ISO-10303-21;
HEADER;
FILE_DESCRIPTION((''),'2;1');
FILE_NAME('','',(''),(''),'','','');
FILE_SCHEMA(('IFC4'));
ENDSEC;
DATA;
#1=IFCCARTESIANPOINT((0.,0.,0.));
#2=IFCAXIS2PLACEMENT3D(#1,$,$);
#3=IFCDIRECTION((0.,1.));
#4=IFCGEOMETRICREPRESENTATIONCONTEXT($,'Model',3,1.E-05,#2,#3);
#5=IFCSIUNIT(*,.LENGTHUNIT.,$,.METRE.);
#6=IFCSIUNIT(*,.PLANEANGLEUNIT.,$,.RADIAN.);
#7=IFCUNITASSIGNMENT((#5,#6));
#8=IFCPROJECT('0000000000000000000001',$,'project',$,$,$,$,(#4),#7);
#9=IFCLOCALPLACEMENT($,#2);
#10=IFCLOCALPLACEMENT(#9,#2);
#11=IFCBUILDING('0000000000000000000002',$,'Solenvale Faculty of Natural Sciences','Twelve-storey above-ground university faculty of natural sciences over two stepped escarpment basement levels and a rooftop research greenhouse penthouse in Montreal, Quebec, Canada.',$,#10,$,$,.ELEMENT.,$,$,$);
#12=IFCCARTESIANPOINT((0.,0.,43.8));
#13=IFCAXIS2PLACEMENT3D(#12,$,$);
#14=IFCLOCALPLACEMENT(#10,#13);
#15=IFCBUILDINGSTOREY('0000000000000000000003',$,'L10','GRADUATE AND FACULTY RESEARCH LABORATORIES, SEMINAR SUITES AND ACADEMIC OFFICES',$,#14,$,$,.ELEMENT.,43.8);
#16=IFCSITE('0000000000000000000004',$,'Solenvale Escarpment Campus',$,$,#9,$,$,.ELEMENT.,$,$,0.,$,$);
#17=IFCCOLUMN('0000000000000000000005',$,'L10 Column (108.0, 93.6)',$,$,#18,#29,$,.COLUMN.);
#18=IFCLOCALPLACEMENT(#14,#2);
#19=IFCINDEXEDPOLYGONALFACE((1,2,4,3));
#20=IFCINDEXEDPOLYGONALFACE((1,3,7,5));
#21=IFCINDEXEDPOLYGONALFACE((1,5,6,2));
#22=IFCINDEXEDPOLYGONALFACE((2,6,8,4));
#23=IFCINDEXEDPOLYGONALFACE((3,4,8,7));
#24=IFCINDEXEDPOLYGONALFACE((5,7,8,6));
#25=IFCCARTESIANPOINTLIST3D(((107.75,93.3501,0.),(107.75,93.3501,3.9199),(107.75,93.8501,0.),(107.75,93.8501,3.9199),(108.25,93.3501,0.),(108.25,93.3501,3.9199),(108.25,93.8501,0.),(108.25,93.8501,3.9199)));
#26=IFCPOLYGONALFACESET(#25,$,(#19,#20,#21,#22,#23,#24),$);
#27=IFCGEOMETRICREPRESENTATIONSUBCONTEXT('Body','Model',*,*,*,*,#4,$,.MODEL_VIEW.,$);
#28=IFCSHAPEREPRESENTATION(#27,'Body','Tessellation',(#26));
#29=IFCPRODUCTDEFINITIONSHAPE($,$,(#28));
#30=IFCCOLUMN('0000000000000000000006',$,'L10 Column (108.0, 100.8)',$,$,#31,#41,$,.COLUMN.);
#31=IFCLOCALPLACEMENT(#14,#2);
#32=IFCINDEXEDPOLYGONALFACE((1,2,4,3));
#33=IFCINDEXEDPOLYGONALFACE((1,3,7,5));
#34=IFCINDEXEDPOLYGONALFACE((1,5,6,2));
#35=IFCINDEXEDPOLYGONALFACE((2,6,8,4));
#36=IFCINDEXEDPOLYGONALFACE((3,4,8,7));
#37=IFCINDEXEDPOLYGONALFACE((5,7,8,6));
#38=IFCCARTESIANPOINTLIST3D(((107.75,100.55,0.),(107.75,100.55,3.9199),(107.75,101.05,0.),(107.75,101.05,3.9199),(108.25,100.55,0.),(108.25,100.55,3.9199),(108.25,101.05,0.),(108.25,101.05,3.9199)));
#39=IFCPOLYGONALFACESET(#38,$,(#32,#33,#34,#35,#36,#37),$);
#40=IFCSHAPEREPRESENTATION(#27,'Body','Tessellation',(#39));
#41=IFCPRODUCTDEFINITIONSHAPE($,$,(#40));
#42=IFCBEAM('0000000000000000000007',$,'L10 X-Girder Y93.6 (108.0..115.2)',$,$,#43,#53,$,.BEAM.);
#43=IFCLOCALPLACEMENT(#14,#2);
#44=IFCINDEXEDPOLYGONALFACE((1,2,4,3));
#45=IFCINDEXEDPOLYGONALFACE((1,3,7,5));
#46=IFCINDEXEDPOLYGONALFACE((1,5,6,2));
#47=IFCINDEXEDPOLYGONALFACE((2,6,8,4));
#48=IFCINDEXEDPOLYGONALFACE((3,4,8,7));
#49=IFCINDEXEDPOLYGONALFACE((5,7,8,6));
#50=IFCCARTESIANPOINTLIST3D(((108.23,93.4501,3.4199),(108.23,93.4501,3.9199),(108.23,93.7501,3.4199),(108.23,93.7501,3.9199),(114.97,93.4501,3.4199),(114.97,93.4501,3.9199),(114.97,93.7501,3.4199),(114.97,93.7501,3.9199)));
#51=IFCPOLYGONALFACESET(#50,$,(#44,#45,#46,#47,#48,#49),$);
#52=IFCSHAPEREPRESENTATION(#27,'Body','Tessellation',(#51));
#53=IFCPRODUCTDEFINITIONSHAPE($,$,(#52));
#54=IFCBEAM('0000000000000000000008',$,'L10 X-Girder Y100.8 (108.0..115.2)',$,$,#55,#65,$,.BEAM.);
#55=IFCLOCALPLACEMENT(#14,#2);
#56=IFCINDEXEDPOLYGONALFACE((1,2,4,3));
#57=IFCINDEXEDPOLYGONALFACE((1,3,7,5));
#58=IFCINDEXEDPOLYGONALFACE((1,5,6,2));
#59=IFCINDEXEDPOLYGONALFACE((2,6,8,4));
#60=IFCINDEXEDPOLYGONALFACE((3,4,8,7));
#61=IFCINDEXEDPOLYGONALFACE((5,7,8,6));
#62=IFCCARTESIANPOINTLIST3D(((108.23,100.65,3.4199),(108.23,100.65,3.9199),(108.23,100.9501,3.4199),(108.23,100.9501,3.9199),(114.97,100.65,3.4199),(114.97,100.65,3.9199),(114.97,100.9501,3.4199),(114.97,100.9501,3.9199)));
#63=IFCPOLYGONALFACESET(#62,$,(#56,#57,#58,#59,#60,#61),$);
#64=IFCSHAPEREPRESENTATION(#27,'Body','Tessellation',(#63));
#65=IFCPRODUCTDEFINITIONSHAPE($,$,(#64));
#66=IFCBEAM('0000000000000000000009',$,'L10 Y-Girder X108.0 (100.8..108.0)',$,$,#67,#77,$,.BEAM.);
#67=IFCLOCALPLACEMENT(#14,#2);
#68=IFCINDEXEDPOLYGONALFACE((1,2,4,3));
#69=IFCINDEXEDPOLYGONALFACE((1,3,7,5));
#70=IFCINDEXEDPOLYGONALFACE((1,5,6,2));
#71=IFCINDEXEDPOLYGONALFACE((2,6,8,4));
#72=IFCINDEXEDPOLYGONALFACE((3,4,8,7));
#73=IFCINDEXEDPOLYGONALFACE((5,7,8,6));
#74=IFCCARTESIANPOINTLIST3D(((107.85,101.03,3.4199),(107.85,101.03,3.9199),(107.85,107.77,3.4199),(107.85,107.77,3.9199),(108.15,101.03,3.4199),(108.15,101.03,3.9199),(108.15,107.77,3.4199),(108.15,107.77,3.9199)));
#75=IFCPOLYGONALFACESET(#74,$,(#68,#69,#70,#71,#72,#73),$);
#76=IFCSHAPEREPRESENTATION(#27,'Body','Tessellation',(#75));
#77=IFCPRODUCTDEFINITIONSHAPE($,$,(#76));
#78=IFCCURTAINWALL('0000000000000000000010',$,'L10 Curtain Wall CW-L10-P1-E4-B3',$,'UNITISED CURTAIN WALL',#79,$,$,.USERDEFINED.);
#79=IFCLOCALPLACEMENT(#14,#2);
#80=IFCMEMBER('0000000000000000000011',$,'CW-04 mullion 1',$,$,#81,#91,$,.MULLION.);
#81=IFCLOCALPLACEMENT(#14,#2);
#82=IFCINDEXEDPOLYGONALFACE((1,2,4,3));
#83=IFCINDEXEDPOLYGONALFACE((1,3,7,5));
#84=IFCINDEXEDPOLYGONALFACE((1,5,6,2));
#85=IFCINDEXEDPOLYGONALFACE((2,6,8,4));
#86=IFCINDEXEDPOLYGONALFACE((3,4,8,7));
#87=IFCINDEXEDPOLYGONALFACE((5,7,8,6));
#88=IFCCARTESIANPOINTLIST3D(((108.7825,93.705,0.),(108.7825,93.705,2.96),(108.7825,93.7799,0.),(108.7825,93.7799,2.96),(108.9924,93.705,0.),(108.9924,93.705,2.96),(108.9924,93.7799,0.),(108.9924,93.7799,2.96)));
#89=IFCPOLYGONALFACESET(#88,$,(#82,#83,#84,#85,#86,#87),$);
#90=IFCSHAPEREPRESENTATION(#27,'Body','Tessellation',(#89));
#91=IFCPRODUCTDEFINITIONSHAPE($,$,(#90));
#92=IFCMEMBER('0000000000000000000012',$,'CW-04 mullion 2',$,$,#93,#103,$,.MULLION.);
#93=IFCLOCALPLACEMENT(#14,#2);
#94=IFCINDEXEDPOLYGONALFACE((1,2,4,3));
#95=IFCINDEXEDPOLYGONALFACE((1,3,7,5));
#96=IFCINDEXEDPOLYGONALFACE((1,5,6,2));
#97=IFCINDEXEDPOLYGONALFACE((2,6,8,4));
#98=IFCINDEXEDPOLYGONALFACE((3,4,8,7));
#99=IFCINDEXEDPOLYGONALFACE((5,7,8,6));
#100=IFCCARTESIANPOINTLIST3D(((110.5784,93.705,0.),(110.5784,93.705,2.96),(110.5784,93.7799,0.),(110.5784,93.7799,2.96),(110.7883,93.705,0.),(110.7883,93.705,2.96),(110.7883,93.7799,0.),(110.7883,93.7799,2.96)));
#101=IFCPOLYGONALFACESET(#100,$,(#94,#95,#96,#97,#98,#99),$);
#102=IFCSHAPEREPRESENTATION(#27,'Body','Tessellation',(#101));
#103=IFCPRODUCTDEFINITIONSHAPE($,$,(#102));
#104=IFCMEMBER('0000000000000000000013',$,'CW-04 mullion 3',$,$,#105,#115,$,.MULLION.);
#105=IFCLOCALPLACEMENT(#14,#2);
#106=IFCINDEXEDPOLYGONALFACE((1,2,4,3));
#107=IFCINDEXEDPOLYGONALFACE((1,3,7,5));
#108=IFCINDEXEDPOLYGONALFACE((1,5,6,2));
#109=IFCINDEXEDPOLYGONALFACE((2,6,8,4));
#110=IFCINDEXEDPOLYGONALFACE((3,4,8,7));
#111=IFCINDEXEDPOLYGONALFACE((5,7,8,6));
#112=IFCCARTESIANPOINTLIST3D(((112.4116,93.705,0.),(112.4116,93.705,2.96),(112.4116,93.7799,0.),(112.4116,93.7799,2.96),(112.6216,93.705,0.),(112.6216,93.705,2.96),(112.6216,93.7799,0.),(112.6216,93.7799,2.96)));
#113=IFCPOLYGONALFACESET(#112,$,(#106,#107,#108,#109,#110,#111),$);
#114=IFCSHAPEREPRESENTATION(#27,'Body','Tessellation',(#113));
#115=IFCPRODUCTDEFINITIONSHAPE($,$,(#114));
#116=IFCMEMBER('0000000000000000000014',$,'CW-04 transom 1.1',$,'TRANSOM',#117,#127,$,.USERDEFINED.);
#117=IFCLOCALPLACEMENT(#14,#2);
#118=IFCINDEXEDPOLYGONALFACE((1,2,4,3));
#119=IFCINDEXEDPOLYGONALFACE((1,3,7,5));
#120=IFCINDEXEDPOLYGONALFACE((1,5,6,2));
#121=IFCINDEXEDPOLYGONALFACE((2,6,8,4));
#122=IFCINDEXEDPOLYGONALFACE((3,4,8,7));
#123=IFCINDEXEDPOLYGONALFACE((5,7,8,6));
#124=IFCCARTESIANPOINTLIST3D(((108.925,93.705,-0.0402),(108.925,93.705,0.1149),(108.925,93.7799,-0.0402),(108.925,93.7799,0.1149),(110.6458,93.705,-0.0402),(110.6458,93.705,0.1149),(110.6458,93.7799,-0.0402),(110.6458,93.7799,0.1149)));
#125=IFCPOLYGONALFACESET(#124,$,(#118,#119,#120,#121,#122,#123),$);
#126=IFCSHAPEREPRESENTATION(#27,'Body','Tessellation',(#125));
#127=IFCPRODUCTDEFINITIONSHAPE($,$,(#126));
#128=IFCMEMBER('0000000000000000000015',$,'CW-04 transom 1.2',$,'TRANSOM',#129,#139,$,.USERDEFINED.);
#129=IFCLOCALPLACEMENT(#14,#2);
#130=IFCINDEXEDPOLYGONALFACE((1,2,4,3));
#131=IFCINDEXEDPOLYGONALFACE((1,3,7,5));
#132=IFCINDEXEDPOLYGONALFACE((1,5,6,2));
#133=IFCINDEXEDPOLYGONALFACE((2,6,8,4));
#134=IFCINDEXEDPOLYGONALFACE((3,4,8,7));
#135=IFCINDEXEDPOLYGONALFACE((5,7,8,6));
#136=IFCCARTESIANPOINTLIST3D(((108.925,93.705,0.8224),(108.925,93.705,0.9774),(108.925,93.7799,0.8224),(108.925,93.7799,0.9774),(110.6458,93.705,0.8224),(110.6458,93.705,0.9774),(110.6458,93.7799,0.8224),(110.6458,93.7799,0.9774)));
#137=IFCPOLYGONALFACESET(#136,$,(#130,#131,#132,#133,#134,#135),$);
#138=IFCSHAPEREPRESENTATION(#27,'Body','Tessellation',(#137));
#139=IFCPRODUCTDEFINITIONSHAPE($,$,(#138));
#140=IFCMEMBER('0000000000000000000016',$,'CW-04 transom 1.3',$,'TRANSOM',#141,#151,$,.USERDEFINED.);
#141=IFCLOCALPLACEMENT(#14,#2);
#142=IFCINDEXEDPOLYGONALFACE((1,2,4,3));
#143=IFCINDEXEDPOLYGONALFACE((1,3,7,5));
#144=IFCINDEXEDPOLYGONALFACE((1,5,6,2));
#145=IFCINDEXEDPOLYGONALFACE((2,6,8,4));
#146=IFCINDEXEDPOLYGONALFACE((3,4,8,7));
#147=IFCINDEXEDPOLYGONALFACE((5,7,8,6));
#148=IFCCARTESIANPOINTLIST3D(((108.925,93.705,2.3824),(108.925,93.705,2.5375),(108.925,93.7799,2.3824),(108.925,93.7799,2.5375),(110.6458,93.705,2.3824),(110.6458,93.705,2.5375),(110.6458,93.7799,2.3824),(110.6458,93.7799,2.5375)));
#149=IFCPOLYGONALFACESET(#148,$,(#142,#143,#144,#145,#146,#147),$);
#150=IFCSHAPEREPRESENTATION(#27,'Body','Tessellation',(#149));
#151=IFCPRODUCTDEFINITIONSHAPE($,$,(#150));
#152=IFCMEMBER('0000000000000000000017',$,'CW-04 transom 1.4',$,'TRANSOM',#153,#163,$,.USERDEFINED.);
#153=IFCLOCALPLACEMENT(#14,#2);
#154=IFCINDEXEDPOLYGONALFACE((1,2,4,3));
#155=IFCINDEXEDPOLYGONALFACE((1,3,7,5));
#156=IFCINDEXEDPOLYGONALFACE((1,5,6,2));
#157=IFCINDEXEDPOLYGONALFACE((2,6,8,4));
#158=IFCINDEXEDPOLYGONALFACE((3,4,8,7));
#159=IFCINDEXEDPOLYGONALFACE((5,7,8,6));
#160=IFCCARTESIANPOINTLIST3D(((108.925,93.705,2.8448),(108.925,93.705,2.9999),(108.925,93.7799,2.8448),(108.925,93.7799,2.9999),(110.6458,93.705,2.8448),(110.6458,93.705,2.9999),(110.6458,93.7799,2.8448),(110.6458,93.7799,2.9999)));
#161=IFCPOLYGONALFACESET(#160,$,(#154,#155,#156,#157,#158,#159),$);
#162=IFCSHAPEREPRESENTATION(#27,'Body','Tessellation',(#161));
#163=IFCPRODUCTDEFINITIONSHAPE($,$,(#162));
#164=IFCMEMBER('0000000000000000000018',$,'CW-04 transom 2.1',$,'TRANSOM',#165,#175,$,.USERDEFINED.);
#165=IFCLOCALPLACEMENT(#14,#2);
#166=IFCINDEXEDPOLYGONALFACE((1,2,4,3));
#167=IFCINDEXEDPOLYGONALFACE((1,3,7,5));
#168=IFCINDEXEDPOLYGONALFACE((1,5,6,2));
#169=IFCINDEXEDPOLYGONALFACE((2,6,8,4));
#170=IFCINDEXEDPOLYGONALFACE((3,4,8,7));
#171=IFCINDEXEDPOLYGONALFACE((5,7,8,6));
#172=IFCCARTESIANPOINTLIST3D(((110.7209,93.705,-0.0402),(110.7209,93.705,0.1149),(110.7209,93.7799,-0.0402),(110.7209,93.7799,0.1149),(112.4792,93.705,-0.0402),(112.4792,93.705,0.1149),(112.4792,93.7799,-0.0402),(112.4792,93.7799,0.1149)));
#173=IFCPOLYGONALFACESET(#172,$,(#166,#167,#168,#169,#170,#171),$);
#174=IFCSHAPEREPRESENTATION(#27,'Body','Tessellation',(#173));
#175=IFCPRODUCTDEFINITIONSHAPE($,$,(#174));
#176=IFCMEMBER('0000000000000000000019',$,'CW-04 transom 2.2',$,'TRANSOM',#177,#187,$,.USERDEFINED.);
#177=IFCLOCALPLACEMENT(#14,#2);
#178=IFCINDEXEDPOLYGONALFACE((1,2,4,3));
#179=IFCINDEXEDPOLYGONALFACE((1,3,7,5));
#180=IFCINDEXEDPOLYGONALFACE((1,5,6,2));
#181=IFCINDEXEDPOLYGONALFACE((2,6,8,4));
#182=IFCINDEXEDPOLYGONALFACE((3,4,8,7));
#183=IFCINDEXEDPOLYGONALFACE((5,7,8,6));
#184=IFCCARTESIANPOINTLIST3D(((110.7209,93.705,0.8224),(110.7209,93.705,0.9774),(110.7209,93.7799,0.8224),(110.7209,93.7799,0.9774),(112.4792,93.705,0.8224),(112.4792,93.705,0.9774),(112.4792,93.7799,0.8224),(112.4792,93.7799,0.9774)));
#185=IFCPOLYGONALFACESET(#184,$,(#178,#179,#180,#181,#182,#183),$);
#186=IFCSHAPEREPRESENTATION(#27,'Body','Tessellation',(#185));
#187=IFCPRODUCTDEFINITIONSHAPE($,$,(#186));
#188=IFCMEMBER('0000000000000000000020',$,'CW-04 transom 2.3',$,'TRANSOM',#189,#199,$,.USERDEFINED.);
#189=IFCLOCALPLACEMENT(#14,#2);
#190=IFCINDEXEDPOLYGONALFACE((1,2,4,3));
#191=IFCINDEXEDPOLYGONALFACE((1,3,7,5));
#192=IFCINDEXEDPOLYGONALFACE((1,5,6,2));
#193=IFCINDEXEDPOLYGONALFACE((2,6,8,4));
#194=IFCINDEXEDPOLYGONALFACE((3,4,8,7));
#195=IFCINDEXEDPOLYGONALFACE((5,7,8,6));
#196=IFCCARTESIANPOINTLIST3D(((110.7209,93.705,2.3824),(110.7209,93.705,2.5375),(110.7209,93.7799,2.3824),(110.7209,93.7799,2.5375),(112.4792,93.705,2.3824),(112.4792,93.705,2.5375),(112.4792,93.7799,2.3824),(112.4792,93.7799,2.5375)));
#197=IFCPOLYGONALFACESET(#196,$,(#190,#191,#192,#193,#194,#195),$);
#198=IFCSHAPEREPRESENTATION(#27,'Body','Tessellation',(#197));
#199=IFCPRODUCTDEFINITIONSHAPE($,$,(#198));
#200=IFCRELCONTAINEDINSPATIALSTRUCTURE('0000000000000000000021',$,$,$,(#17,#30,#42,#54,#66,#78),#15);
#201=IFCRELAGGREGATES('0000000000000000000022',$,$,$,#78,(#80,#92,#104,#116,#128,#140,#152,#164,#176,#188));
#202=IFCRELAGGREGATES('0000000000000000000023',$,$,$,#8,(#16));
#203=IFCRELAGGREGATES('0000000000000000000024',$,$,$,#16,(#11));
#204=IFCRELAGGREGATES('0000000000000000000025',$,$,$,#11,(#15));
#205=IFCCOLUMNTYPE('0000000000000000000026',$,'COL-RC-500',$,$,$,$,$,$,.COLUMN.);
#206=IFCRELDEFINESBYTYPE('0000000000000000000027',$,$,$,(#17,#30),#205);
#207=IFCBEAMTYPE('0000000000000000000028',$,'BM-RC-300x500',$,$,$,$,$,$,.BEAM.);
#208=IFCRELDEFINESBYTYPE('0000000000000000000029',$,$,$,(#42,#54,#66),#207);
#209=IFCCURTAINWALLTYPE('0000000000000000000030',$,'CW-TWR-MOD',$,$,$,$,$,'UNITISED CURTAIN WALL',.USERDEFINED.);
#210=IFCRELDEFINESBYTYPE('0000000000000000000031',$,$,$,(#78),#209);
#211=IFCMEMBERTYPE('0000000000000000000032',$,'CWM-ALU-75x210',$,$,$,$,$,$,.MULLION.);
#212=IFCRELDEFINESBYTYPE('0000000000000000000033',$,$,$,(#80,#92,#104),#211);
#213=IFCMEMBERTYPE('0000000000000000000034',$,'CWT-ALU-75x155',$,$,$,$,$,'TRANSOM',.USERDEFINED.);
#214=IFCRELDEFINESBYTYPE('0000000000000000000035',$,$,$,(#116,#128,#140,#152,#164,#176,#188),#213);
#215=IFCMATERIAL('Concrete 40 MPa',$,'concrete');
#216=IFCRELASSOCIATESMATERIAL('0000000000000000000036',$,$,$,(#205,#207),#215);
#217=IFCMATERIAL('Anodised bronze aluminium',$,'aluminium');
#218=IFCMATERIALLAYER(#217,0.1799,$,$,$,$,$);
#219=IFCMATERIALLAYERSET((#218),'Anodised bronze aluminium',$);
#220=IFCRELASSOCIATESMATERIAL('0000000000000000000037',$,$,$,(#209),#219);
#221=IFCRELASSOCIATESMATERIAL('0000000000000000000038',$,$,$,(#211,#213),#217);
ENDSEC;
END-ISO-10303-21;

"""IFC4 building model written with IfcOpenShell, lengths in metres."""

from ifc_helpers import new_model, si_unit, direction, frame, origin, origin_2d, place, context, subcontext, project, spatial, rectangle, extrude, material, layer, layer_set, material_profile, profile_set, type_object, element, aggregate, save


model = new_model("IFC4")

# Units and contexts
model_context = context("Model", 3, precision=1e-05, world=origin(), true_north=direction((0.0, 1.0)))
body_context = subcontext(model_context, "Body", "Model", "MODEL_VIEW")
ifc_project = project(units=[si_unit("LENGTHUNIT", "METRE"), si_unit("PLANEANGLEUNIT", "RADIAN")], contexts=[model_context])

# Site, building, storey
site_placement = place(None, origin())
site = spatial("IfcSite", under=ifc_project, at=site_placement, Name="Solenvale Escarpment Campus", CompositionType="ELEMENT", RefElevation=0.0)
building_placement = place(site_placement, origin())
building = spatial("IfcBuilding", under=site, at=building_placement, Name="Solenvale Faculty of Natural Sciences", Description="Twelve-storey above-ground university faculty of natural sciences over two stepped escarpment basement levels and a rooftop research greenhouse penthouse in Montreal, Quebec, Canada.", CompositionType="ELEMENT")
storey_placement = place(building_placement, frame((0.0, 0.0, 43.8)))
storey = spatial("IfcBuildingStorey", under=building, at=storey_placement, Name="L10", Description="GRADUATE AND FACULTY RESEARCH LABORATORIES, SEMINAR SUITES AND ACADEMIC OFFICES", CompositionType="ELEMENT", Elevation=43.8)

# Columns
ifc_material_1 = material(Name="Concrete 40 MPa", Category="concrete")
ifc_material_profile_1 = material_profile(ifc_material_1, rectangle(XDim=0.5, YDim=0.5, at=origin_2d()), Name="RC-COL-500x500")
ifc_profile_set_1 = profile_set([ifc_material_profile_1], Name="Concrete 40 MPa")
column_type = type_object("IfcColumnType", Name="COL-RC-500", PredefinedType="COLUMN", material=ifc_profile_set_1)
for number, where, z_axis, x_axis, name in (
    (1, (108.0, 93.6001, 0.0), (0.0, 0.0, 1.0), (1.0, 0.0, 0.0), "L10 Column (108.0, 93.6)"),
    (2, (108.0, 100.8, 0.0), (0.0, 0.0, 1.0), (1.0, 0.0, 0.0), "L10 Column (108.0, 100.8)"),
):
    element("IfcColumn", number, at=place(storey_placement, frame(where, z_axis=z_axis, x_axis=x_axis)), inside=storey, type_object=column_type, Name=name, PredefinedType="COLUMN", context=body_context, shape_type="SweptSolid", body=[
        extrude(rectangle(XDim=0.5, YDim=0.5, at=origin_2d()), origin(), (0.0, 0.0, 1.0), 3.9199),
    ])

# Beams
ifc_material_profile_2 = material_profile(ifc_material_1, rectangle(XDim=0.3, YDim=0.5, at=origin_2d()), Name="RC-BM-300x500")
ifc_profile_set_2 = profile_set([ifc_material_profile_2], Name="Concrete 40 MPa")
beam_type = type_object("IfcBeamType", Name="BM-RC-300x500", PredefinedType="BEAM", material=ifc_profile_set_2)
for number, where, z_axis, x_axis, name in (
    (3, (108.23, 93.6001, 3.6699), (1.0, 0.0, 0.0), (0.0, 1.0, 0.0), "L10 X-Girder Y93.6 (108.0..115.2)"),
    (4, (108.23, 100.8, 3.6699), (1.0, 0.0, 0.0), (0.0, 1.0, 0.0), "L10 X-Girder Y100.8 (108.0..115.2)"),
    (5, (108.0, 101.03, 3.6699), (0.0, 1.0, 0.0), (-1.0, 0.0, 0.0), "L10 Y-Girder X108.0 (100.8..108.0)"),
):
    element("IfcBeam", number, at=place(storey_placement, frame(where, z_axis=z_axis, x_axis=x_axis)), inside=storey, type_object=beam_type, Name=name, PredefinedType="BEAM", context=body_context, shape_type="SweptSolid", body=[
        extrude(rectangle(XDim=0.3, YDim=0.5, at=origin_2d()), origin(), (0.0, 0.0, 1.0), 6.74),
    ])

# Curtain wall, members
ifc_material_2 = material(Name="Anodised bronze aluminium", Category="aluminium")
ifc_layer_1 = layer(ifc_material_2, 0.1799)
ifc_layer_set_1 = layer_set([ifc_layer_1], Name="Anodised bronze aluminium")
curtain_wall_type = type_object("IfcCurtainWallType", Name="CW-TWR-MOD", ElementType="UNITISED CURTAIN WALL", PredefinedType="USERDEFINED", material=ifc_layer_set_1)
curtain_wall_placement = place(storey_placement, origin())
curtain_wall = element("IfcCurtainWall", 6, at=curtain_wall_placement, inside=storey, type_object=curtain_wall_type, Name="L10 Curtain Wall CW-L10-P1-E4-B3", ObjectType="UNITISED CURTAIN WALL", PredefinedType="USERDEFINED")
ifc_material_profile_3 = material_profile(ifc_material_2, rectangle(XDim=0.075, YDim=0.21, at=origin_2d()), Name="ALU-MUL-75x210")
ifc_profile_set_3 = profile_set([ifc_material_profile_3], Name="Anodised bronze aluminium")
member_type_1 = type_object("IfcMemberType", Name="CWM-ALU-75x210", PredefinedType="MULLION", material=ifc_profile_set_3)
member_1_placement = place(storey_placement, frame((108.8875, 93.7424, 0.0), z_axis=(0.0, 0.0, 1.0), x_axis=(0.0, 1.0, 0.0)))
member_1 = element("IfcMember", 7, at=member_1_placement, type_object=member_type_1, Name="CW-04 mullion 1", PredefinedType="MULLION", context=body_context, shape_type="SweptSolid", body=[
    extrude(rectangle(XDim=0.075, YDim=0.21, at=origin_2d()), origin(), (0.0, 0.0, 1.0), 2.96),
])
member_2_placement = place(storey_placement, frame((110.6833, 93.7424, 0.0), z_axis=(0.0, 0.0, 1.0), x_axis=(0.0, 1.0, 0.0)))
member_2 = element("IfcMember", 8, at=member_2_placement, type_object=member_type_1, Name="CW-04 mullion 2", PredefinedType="MULLION", context=body_context, shape_type="SweptSolid", body=[
    extrude(rectangle(XDim=0.075, YDim=0.21, at=origin_2d()), origin(), (0.0, 0.0, 1.0), 2.96),
])
member_3_placement = place(storey_placement, frame((112.5166, 93.7424, 0.0), z_axis=(0.0, 0.0, 1.0), x_axis=(0.0, 1.0, 0.0)))
member_3 = element("IfcMember", 9, at=member_3_placement, type_object=member_type_1, Name="CW-04 mullion 3", PredefinedType="MULLION", context=body_context, shape_type="SweptSolid", body=[
    extrude(rectangle(XDim=0.075, YDim=0.21, at=origin_2d()), origin(), (0.0, 0.0, 1.0), 2.96),
])
ifc_material_profile_4 = material_profile(ifc_material_2, rectangle(XDim=0.075, YDim=0.155, at=origin_2d()), Name="ALU-TRN-75x155")
ifc_profile_set_4 = profile_set([ifc_material_profile_4], Name="Anodised bronze aluminium")
member_type_2 = type_object("IfcMemberType", Name="CWT-ALU-75x155", ElementType="TRANSOM", PredefinedType="USERDEFINED", material=ifc_profile_set_4)
member_4_placement = place(storey_placement, frame((108.925, 93.7424, 0.0374), z_axis=(1.0, 0.0, 0.0), x_axis=(0.0, 1.0, 0.0)))
member_4 = element("IfcMember", 10, at=member_4_placement, type_object=member_type_2, Name="CW-04 transom 1.1", ObjectType="TRANSOM", PredefinedType="USERDEFINED", context=body_context, shape_type="SweptSolid", body=[
    extrude(rectangle(XDim=0.075, YDim=0.155, at=origin_2d()), origin(), (0.0, 0.0, 1.0), 1.7207),
])
member_5_placement = place(storey_placement, frame((108.925, 93.7424, 0.8999), z_axis=(1.0, 0.0, 0.0), x_axis=(0.0, 1.0, 0.0)))
member_5 = element("IfcMember", 11, at=member_5_placement, type_object=member_type_2, Name="CW-04 transom 1.2", ObjectType="TRANSOM", PredefinedType="USERDEFINED", context=body_context, shape_type="SweptSolid", body=[
    extrude(rectangle(XDim=0.075, YDim=0.155, at=origin_2d()), origin(), (0.0, 0.0, 1.0), 1.7207),
])
member_6_placement = place(storey_placement, frame((108.925, 93.7424, 2.46), z_axis=(1.0, 0.0, 0.0), x_axis=(0.0, 1.0, 0.0)))
member_6 = element("IfcMember", 12, at=member_6_placement, type_object=member_type_2, Name="CW-04 transom 1.3", ObjectType="TRANSOM", PredefinedType="USERDEFINED", context=body_context, shape_type="SweptSolid", body=[
    extrude(rectangle(XDim=0.075, YDim=0.155, at=origin_2d()), origin(), (0.0, 0.0, 1.0), 1.7207),
])
member_7_placement = place(storey_placement, frame((108.925, 93.7424, 2.9224), z_axis=(1.0, 0.0, 0.0), x_axis=(0.0, 1.0, 0.0)))
member_7 = element("IfcMember", 13, at=member_7_placement, type_object=member_type_2, Name="CW-04 transom 1.4", ObjectType="TRANSOM", PredefinedType="USERDEFINED", context=body_context, shape_type="SweptSolid", body=[
    extrude(rectangle(XDim=0.075, YDim=0.155, at=origin_2d()), origin(), (0.0, 0.0, 1.0), 1.7207),
])
member_8_placement = place(storey_placement, frame((110.7209, 93.7424, 0.0374), z_axis=(1.0, 0.0, 0.0), x_axis=(0.0, 1.0, 0.0)))
member_8 = element("IfcMember", 14, at=member_8_placement, type_object=member_type_2, Name="CW-04 transom 2.1", ObjectType="TRANSOM", PredefinedType="USERDEFINED", context=body_context, shape_type="SweptSolid", body=[
    extrude(rectangle(XDim=0.075, YDim=0.155, at=origin_2d()), origin(), (0.0, 0.0, 1.0), 1.7583),
])
member_9_placement = place(storey_placement, frame((110.7209, 93.7424, 0.8999), z_axis=(1.0, 0.0, 0.0), x_axis=(0.0, 1.0, 0.0)))
member_9 = element("IfcMember", 15, at=member_9_placement, type_object=member_type_2, Name="CW-04 transom 2.2", ObjectType="TRANSOM", PredefinedType="USERDEFINED", context=body_context, shape_type="SweptSolid", body=[
    extrude(rectangle(XDim=0.075, YDim=0.155, at=origin_2d()), origin(), (0.0, 0.0, 1.0), 1.7583),
])
member_10_placement = place(storey_placement, frame((110.7209, 93.7424, 2.46), z_axis=(1.0, 0.0, 0.0), x_axis=(0.0, 1.0, 0.0)))
member_10 = element("IfcMember", 16, at=member_10_placement, type_object=member_type_2, Name="CW-04 transom 2.3", ObjectType="TRANSOM", PredefinedType="USERDEFINED", context=body_context, shape_type="SweptSolid", body=[
    extrude(rectangle(XDim=0.075, YDim=0.155, at=origin_2d()), origin(), (0.0, 0.0, 1.0), 1.7583),
])
aggregate(curtain_wall, [member_1, member_2, member_3, member_4, member_5, member_6, member_7, member_8, member_9, member_10])

save(model, "model.ifc")
